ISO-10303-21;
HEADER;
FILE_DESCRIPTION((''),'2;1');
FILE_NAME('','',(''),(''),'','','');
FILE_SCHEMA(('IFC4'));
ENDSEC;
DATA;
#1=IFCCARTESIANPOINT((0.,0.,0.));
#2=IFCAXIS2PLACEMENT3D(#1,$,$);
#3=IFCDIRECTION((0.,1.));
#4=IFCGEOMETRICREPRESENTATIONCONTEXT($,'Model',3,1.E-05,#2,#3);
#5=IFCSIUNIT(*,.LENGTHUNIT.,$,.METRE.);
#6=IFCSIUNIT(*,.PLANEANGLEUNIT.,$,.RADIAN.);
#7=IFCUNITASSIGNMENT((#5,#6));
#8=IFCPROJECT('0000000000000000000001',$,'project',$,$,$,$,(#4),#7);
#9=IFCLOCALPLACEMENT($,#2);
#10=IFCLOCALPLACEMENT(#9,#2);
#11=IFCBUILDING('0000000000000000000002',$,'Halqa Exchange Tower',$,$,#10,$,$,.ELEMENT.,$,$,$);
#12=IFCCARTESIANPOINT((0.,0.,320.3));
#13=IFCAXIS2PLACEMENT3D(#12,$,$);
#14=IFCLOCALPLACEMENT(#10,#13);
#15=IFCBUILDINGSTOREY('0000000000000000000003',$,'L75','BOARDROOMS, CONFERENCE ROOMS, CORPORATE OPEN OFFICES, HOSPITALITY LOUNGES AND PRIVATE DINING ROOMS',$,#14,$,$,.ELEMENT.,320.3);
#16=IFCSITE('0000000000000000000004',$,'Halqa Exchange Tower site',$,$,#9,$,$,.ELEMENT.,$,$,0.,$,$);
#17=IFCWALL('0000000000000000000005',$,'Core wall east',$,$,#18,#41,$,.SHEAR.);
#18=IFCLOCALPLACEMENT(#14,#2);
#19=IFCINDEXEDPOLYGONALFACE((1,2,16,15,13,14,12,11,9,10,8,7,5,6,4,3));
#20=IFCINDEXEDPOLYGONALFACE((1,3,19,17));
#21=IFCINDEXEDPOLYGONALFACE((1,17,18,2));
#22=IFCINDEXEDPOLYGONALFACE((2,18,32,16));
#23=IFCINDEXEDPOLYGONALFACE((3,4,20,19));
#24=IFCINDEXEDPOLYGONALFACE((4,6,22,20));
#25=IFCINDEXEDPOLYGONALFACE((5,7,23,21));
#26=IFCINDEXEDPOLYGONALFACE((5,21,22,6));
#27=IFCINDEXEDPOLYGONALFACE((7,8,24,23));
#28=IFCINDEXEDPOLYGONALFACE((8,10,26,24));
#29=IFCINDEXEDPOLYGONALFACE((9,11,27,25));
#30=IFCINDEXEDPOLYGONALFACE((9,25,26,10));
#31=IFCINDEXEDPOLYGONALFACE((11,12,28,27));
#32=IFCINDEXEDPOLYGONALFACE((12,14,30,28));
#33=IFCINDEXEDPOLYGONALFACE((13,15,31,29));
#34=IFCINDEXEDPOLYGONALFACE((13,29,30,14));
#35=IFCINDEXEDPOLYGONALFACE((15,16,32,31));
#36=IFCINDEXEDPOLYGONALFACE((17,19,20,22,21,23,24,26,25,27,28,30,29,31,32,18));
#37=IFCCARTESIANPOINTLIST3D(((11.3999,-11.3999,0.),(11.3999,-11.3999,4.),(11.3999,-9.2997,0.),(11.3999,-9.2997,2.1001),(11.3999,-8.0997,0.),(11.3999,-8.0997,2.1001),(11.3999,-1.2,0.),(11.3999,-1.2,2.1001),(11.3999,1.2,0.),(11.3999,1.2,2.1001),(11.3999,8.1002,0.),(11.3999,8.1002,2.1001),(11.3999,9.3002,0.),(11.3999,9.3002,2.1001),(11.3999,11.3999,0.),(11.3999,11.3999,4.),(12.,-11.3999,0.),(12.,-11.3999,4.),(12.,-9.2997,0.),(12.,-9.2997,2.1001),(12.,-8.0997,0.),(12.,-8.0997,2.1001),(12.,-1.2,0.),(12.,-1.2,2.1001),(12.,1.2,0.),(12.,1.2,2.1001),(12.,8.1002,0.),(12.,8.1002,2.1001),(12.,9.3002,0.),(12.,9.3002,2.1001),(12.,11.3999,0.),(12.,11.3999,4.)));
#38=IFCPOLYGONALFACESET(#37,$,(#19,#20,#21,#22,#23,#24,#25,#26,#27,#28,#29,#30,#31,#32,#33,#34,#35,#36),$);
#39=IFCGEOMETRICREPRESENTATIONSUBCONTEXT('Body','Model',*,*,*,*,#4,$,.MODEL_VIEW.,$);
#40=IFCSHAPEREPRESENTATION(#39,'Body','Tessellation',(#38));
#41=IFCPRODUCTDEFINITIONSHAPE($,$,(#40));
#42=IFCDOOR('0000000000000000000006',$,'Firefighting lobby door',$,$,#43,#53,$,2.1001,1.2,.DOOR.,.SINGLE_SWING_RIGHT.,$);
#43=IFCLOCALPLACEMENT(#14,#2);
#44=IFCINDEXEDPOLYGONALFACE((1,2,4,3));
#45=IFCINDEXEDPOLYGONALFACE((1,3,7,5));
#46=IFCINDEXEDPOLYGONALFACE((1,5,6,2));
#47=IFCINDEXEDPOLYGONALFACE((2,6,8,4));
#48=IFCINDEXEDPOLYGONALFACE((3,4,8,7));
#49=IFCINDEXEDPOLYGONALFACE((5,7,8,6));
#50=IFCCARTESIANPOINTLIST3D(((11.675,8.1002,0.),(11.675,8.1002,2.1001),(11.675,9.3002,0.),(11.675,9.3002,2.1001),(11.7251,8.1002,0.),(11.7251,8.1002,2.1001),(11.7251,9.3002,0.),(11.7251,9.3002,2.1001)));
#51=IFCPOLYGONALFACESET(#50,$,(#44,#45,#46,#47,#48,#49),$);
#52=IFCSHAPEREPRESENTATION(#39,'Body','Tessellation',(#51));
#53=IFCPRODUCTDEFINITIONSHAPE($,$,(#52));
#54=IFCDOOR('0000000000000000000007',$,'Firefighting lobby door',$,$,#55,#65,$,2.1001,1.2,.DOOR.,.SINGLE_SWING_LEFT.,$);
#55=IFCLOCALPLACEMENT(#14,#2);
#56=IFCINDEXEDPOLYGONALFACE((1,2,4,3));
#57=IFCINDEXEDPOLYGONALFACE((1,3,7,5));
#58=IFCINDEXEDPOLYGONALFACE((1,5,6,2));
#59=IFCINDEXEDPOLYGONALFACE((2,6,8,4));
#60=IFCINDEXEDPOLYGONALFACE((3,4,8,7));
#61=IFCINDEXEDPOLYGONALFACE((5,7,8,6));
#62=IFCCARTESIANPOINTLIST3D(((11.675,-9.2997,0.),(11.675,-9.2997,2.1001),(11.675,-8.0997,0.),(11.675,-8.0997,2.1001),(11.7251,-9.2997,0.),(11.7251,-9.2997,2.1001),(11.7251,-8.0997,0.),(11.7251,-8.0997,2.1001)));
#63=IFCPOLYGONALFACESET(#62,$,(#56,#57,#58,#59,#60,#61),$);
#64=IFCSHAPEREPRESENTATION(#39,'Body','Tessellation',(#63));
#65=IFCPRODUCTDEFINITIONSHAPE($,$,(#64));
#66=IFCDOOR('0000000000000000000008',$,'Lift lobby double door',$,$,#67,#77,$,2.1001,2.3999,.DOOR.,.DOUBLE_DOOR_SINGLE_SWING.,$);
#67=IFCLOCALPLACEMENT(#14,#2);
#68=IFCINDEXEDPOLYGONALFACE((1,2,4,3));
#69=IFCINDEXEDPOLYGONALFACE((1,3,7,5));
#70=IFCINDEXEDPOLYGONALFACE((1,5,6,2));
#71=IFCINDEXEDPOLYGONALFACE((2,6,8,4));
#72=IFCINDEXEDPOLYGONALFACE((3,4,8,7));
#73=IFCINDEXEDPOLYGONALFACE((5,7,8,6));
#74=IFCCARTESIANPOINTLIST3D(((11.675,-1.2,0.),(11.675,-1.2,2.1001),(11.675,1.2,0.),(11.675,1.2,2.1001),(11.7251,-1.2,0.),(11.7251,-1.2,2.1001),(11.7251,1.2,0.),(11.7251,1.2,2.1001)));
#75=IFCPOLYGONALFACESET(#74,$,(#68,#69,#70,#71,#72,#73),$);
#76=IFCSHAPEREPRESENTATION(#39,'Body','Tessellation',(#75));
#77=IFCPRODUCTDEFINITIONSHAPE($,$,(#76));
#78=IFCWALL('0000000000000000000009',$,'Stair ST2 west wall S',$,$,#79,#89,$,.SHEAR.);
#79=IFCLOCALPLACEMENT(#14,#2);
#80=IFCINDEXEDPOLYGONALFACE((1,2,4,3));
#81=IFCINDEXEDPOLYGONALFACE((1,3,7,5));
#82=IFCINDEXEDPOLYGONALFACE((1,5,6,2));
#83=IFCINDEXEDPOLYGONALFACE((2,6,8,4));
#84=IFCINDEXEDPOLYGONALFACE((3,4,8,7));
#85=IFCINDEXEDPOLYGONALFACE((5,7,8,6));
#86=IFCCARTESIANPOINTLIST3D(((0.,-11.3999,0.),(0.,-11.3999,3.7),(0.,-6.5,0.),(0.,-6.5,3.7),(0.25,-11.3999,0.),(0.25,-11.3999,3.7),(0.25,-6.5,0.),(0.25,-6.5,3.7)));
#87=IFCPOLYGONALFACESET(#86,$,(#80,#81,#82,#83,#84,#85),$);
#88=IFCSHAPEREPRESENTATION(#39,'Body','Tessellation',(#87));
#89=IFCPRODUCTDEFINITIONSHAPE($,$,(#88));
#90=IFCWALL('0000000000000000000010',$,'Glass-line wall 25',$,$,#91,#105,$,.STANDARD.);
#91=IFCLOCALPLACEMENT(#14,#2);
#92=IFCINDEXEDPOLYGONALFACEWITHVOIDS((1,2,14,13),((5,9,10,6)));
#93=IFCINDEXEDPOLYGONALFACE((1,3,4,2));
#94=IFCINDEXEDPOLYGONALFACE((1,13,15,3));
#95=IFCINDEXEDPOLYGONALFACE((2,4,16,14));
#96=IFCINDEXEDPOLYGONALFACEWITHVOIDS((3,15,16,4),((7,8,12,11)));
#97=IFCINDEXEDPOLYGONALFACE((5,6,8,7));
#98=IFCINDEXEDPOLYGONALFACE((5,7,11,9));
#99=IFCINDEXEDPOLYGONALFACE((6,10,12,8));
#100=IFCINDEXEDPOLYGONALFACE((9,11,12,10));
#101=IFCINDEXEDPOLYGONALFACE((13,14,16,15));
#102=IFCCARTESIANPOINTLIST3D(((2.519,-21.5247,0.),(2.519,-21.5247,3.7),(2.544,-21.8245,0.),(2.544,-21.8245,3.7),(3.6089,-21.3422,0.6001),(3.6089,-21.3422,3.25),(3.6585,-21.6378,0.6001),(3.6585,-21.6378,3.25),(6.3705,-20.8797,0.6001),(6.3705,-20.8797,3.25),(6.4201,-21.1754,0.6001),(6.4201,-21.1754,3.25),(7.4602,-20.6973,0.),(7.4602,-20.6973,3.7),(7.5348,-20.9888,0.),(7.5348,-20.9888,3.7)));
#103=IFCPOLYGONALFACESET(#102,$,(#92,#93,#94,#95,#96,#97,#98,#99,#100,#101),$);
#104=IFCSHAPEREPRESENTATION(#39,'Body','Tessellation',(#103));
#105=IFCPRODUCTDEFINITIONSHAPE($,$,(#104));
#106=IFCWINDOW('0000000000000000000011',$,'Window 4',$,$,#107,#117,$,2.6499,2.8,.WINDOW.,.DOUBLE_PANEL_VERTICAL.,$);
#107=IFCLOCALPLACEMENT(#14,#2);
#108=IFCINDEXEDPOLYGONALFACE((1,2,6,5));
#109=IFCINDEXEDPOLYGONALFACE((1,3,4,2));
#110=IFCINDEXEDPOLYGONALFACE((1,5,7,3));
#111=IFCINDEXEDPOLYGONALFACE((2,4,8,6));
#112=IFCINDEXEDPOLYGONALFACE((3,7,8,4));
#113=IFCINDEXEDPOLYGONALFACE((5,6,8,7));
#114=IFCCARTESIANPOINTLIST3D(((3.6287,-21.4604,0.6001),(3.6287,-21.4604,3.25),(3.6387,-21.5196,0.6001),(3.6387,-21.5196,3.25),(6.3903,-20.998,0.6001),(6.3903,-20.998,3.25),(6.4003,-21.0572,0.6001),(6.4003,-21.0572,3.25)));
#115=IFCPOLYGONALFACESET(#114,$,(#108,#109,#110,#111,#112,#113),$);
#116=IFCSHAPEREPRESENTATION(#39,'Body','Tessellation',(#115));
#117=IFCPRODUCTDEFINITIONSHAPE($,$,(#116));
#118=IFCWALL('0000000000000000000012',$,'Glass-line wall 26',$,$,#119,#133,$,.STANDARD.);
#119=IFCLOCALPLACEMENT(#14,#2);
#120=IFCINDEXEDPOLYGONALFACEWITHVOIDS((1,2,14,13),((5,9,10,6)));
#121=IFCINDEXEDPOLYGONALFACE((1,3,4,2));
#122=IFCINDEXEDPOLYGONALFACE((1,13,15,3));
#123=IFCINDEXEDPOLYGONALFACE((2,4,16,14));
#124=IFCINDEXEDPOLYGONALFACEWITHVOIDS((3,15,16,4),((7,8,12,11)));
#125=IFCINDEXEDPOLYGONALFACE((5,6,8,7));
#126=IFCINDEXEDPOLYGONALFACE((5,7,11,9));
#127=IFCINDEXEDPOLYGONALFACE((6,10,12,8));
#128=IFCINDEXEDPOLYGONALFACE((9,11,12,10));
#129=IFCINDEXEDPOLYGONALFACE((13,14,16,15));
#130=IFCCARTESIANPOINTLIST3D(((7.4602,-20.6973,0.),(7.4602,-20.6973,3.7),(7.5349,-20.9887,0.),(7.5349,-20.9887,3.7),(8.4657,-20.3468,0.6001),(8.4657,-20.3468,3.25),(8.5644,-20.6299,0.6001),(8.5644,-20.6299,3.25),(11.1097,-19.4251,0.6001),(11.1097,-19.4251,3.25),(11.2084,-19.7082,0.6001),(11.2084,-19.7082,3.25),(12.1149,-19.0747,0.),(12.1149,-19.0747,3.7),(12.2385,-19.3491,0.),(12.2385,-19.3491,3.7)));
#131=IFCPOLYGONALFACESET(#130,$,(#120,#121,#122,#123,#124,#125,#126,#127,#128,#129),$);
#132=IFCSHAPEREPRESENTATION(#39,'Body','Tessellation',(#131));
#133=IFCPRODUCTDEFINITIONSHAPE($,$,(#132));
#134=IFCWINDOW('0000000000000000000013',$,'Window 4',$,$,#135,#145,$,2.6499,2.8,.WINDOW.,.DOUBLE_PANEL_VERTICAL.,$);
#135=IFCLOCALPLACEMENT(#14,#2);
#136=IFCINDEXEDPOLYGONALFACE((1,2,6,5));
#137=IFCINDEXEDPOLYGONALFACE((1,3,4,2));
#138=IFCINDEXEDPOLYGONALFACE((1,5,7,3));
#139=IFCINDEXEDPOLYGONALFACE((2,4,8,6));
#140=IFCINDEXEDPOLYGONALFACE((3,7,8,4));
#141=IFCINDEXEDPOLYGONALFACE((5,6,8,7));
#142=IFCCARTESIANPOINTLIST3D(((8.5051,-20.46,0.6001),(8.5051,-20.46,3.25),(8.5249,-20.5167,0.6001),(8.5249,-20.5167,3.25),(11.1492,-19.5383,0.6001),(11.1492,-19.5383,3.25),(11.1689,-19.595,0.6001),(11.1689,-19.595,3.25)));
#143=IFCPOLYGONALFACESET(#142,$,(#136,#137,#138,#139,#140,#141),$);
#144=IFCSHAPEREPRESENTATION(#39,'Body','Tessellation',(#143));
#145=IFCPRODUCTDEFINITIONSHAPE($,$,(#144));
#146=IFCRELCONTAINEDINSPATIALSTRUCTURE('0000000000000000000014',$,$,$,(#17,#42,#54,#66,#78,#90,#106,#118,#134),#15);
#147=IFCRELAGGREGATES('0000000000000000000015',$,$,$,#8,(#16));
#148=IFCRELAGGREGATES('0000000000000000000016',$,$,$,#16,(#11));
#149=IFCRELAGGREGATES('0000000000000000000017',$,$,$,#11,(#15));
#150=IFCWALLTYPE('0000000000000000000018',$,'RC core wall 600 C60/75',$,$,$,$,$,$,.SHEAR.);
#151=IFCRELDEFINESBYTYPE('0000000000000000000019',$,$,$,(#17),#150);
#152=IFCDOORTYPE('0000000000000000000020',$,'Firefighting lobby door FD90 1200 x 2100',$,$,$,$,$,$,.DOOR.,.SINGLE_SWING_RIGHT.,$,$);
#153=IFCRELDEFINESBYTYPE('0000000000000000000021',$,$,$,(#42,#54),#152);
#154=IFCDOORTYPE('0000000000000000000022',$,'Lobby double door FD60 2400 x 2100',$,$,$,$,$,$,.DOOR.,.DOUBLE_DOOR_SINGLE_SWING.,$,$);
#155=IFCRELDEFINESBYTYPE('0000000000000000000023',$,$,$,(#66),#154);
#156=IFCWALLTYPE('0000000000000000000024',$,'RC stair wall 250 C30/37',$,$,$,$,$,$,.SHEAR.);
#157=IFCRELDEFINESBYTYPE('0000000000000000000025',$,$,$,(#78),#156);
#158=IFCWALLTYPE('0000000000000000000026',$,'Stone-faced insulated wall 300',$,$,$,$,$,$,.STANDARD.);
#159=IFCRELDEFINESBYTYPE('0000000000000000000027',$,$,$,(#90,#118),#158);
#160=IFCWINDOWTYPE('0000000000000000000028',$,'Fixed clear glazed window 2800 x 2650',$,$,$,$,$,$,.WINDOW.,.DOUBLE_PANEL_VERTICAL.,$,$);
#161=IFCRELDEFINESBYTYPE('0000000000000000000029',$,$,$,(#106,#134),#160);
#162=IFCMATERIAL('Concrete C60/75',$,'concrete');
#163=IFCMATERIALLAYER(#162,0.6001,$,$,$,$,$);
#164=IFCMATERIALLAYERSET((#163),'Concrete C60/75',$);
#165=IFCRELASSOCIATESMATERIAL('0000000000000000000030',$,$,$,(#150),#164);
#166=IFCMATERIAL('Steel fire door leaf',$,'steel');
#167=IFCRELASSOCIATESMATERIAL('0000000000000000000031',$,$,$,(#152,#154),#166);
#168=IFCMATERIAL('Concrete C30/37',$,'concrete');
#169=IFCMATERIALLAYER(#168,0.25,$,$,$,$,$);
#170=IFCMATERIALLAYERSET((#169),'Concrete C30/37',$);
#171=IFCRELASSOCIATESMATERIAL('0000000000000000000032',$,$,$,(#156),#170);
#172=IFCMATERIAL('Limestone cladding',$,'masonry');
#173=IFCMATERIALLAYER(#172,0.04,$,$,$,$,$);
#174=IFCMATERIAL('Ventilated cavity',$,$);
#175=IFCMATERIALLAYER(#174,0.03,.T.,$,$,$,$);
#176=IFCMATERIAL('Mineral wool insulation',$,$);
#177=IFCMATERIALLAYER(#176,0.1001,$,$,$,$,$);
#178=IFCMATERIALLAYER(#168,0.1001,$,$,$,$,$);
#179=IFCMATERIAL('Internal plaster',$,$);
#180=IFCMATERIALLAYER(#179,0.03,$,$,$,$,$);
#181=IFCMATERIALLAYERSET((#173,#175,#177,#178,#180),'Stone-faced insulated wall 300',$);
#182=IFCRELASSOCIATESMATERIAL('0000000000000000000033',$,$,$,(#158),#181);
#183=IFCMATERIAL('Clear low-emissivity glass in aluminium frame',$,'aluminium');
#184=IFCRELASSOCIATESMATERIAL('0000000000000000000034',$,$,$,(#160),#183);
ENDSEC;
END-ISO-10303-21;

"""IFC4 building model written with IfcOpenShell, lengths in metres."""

from ifc_helpers import new_model, si_unit, direction, frame, frame_2d, origin, place, context, subcontext, project, spatial, polyline, rectangle, outline, extrude, material, layer, layer_set, type_object, element, fill, save


model = new_model("IFC4")

# Units and contexts
model_context = context("Model", 3, precision=1e-05, world=origin(), true_north=direction((0.0, 1.0)))
body_context = subcontext(model_context, "Body", "Model", "MODEL_VIEW")
ifc_project = project(units=[si_unit("LENGTHUNIT", "METRE"), si_unit("PLANEANGLEUNIT", "RADIAN")], contexts=[model_context])

# Site, building, storey
site_placement = place(None, origin())
site = spatial("IfcSite", under=ifc_project, at=site_placement, Name="Halqa Exchange Tower site", CompositionType="ELEMENT", RefElevation=0.0)
building_placement = place(site_placement, origin())
building = spatial("IfcBuilding", under=site, at=building_placement, Name="Halqa Exchange Tower", CompositionType="ELEMENT")
storey_placement = place(building_placement, frame((0.0, 0.0, 320.3)))
storey = spatial("IfcBuildingStorey", under=building, at=storey_placement, Name="L75", Description="BOARDROOMS, CONFERENCE ROOMS, CORPORATE OPEN OFFICES, HOSPITALITY LOUNGES AND PRIVATE DINING ROOMS", CompositionType="ELEMENT", Elevation=320.3)

# Shared definitions
ifc_material_1 = material(Name="Concrete C60/75", Category="concrete")

# Wall, openings, doors
ifc_layer_1 = layer(ifc_material_1, 0.6001)
ifc_layer_set_1 = layer_set([ifc_layer_1], Name="Concrete C60/75")
wall_type_1 = type_object("IfcWallType", Name="RC core wall 600 C60/75", PredefinedType="SHEAR", material=ifc_layer_set_1)
wall_1_placement = place(storey_placement, frame((11.7, -11.3999, 0.0), z_axis=(0.0, 0.0, 1.0), x_axis=(0.0, 1.0, 0.0)))
wall_1 = element("IfcWall", 1, at=wall_1_placement, inside=storey, type_object=wall_type_1, Name="Core wall east", PredefinedType="SHEAR", context=body_context, shape_type="SweptSolid", body=[
    extrude(rectangle(XDim=22.7998, YDim=0.6001, at=frame_2d((11.3999, 0.0))), origin(), (0.0, 0.0, 1.0), 4.0),
])
opening_1_placement = place(wall_1_placement, frame((10.2, 0.0, 0.0)))
opening_1 = element("IfcOpeningElement", 2, at=opening_1_placement, cuts=wall_1, PredefinedType="OPENING", context=body_context, shape_type="SweptSolid", body=[
    extrude(rectangle(XDim=2.3999, YDim=2.1001, at=frame_2d((1.2, 1.05))), frame((0.0, 0.312, 0.0), z_axis=(0.0, -1.0, 0.0), x_axis=(1.0, 0.0, 0.0)), (0.0, 0.0, 1.0), 0.624),
])
opening_2_placement = place(wall_1_placement, frame((19.5, 0.0, 0.0)))
opening_2 = element("IfcOpeningElement", 3, at=opening_2_placement, cuts=wall_1, PredefinedType="OPENING", context=body_context, shape_type="SweptSolid", body=[
    extrude(rectangle(XDim=1.2, YDim=2.1001, at=frame_2d((0.6001, 1.05))), frame((0.0, 0.312, 0.0), z_axis=(0.0, -1.0, 0.0), x_axis=(1.0, 0.0, 0.0)), (0.0, 0.0, 1.0), 0.624),
])
opening_3_placement = place(wall_1_placement, frame((2.1001, 0.0, 0.0)))
opening_3 = element("IfcOpeningElement", 4, at=opening_3_placement, cuts=wall_1, PredefinedType="OPENING", context=body_context, shape_type="SweptSolid", body=[
    extrude(rectangle(XDim=1.2, YDim=2.1001, at=frame_2d((0.6001, 1.05))), frame((0.0, 0.312, 0.0), z_axis=(0.0, -1.0, 0.0), x_axis=(1.0, 0.0, 0.0)), (0.0, 0.0, 1.0), 0.624),
])
ifc_material_2 = material(Name="Steel fire door leaf", Category="steel")
door_type_1 = type_object("IfcDoorType", Name="Firefighting lobby door FD90 1200 x 2100", OperationType="SINGLE_SWING_RIGHT", PredefinedType="DOOR", material=ifc_material_2)
door_1_placement = place(opening_2_placement, origin())
door_1 = element("IfcDoor", 5, at=door_1_placement, inside=storey, type_object=door_type_1, Name="Firefighting lobby door", OperationType="SINGLE_SWING_RIGHT", OverallHeight=2.1001, OverallWidth=1.2, PredefinedType="DOOR", context=body_context, shape_type="SweptSolid", body=[
    extrude(rectangle(XDim=1.2, YDim=2.1001, at=frame_2d((0.6001, 1.05))), frame((0.0, 0.0249, 0.0), z_axis=(0.0, -1.0, 0.0), x_axis=(1.0, 0.0, 0.0)), (0.0, 0.0, 1.0), 0.05),
])
fill(opening_2, door_1)
door_2_placement = place(opening_3_placement, origin())
door_2 = element("IfcDoor", 6, at=door_2_placement, inside=storey, type_object=door_type_1, Name="Firefighting lobby door", OperationType="SINGLE_SWING_LEFT", OverallHeight=2.1001, OverallWidth=1.2, PredefinedType="DOOR", context=body_context, shape_type="SweptSolid", body=[
    extrude(rectangle(XDim=1.2, YDim=2.1001, at=frame_2d((0.6001, 1.05))), frame((0.0, 0.0249, 0.0), z_axis=(0.0, -1.0, 0.0), x_axis=(1.0, 0.0, 0.0)), (0.0, 0.0, 1.0), 0.05),
])
fill(opening_3, door_2)
door_type_2 = type_object("IfcDoorType", Name="Lobby double door FD60 2400 x 2100", OperationType="DOUBLE_DOOR_SINGLE_SWING", PredefinedType="DOOR", material=ifc_material_2)
door_3_placement = place(opening_1_placement, origin())
door_3 = element("IfcDoor", 7, at=door_3_placement, inside=storey, type_object=door_type_2, Name="Lift lobby double door", OperationType="DOUBLE_DOOR_SINGLE_SWING", OverallHeight=2.1001, OverallWidth=2.3999, PredefinedType="DOOR", context=body_context, shape_type="SweptSolid", body=[
    extrude(rectangle(XDim=2.3999, YDim=2.1001, at=frame_2d((1.2, 1.05))), frame((0.0, 0.0249, 0.0), z_axis=(0.0, -1.0, 0.0), x_axis=(1.0, 0.0, 0.0)), (0.0, 0.0, 1.0), 0.05),
])
fill(opening_1, door_3)

# Wall
ifc_material_3 = material(Name="Concrete C30/37", Category="concrete")
ifc_layer_2 = layer(ifc_material_3, 0.25)
ifc_layer_set_2 = layer_set([ifc_layer_2], Name="Concrete C30/37")
wall_type_2 = type_object("IfcWallType", Name="RC stair wall 250 C30/37", PredefinedType="SHEAR", material=ifc_layer_set_2)
wall_2_placement = place(storey_placement, frame((0.125, -11.3999, 0.0), z_axis=(0.0, 0.0, 1.0), x_axis=(0.0, 1.0, 0.0)))
element("IfcWall", 8, at=wall_2_placement, inside=storey, type_object=wall_type_2, Name="Stair ST2 west wall S", PredefinedType="SHEAR", context=body_context, shape_type="SweptSolid", body=[
    extrude(rectangle(XDim=4.8999, YDim=0.25, at=frame_2d((2.45, 0.0))), origin(), (0.0, 0.0, 1.0), 3.7),
])

# Walls, openings, windows
ifc_material_4 = material(Name="Limestone cladding", Category="masonry")
ifc_layer_3 = layer(ifc_material_4, 0.04)
ifc_material_5 = material(Name="Ventilated cavity")
ifc_layer_4 = layer(ifc_material_5, 0.03, ventilated=True)
ifc_material_6 = material(Name="Mineral wool insulation")
ifc_layer_5 = layer(ifc_material_6, 0.1001)
ifc_layer_6 = layer(ifc_material_3, 0.1001)
ifc_material_7 = material(Name="Internal plaster")
ifc_layer_7 = layer(ifc_material_7, 0.03)
ifc_layer_set_3 = layer_set([ifc_layer_3, ifc_layer_4, ifc_layer_5, ifc_layer_6, ifc_layer_7], Name="Stone-faced insulated wall 300")
wall_type_3 = type_object("IfcWallType", Name="Stone-faced insulated wall 300", PredefinedType="STANDARD", material=ifc_layer_set_3)
wall_3_placement = place(storey_placement, frame((2.5315, -21.6746, 0.0), z_axis=(0.0, 0.0, 1.0), x_axis=(0.986269, 0.165146, 0.0)))
wall_3 = element("IfcWall", 9, at=wall_3_placement, inside=storey, type_object=wall_type_3, Name="Glass-line wall 25", PredefinedType="STANDARD", context=body_context, shape_type="SweptSolid", body=[
    extrude(outline(polyline([(-0.0125, -0.1499), (5.0479, -0.1499), (5.0225, 0.1499), (0.0125, 0.1499), (-0.0125, -0.1499)])), origin(), (0.0, 0.0, 1.0), 3.7),
])
opening_4_placement = place(wall_3_placement, frame((1.1177, 0.0, 0.6001)))
opening_4 = element("IfcOpeningElement", 10, at=opening_4_placement, cuts=wall_3, PredefinedType="OPENING", context=body_context, shape_type="SweptSolid", body=[
    extrude(rectangle(XDim=2.8, YDim=2.6499, at=frame_2d((1.3999, 1.325))), frame((0.0, 0.1621, 0.0), z_axis=(0.0, -1.0, 0.0), x_axis=(1.0, 0.0, 0.0)), (0.0, 0.0, 1.0), 0.324),
])
ifc_material_8 = material(Name="Clear low-emissivity glass in aluminium frame", Category="aluminium")
window_type = type_object("IfcWindowType", Name="Fixed clear glazed window 2800 x 2650", PartitioningType="DOUBLE_PANEL_VERTICAL", PredefinedType="WINDOW", material=ifc_material_8)
window_1_placement = place(opening_4_placement, origin())
window_1 = element("IfcWindow", 11, at=window_1_placement, inside=storey, type_object=window_type, Name="Window 4", OverallHeight=2.6499, OverallWidth=2.8, PartitioningType="DOUBLE_PANEL_VERTICAL", PredefinedType="WINDOW", context=body_context, shape_type="SweptSolid", body=[
    extrude(rectangle(XDim=2.8, YDim=2.6499, at=frame_2d((1.3999, 1.325))), frame((0.0, 0.03, 0.0), z_axis=(0.0, -1.0, 0.0), x_axis=(1.0, 0.0, 0.0)), (0.0, 0.0, 1.0), 0.0601),
])
fill(opening_4, window_1)
wall_4_placement = place(storey_placement, frame((7.4976, -20.843, 0.0), z_axis=(0.0, 0.0, 1.0), x_axis=(0.944274, 0.329161, 0.0)))
wall_4 = element("IfcWall", 12, at=wall_4_placement, inside=storey, type_object=wall_type_3, Name="Glass-line wall 26", PredefinedType="STANDARD", context=body_context, shape_type="SweptSolid", body=[
    extrude(outline(polyline([(-0.0127, -0.1499), (4.9685, -0.1499), (4.9421, 0.1499), (0.0127, 0.1499), (-0.0127, -0.1499)])), origin(), (0.0, 0.0, 1.0), 3.7),
])
opening_5_placement = place(wall_4_placement, frame((1.0776, 0.0, 0.6001)))
opening_5 = element("IfcOpeningElement", 13, at=opening_5_placement, cuts=wall_4, PredefinedType="OPENING", context=body_context, shape_type="SweptSolid", body=[
    extrude(rectangle(XDim=2.8, YDim=2.6499, at=frame_2d((1.3999, 1.325))), frame((0.0, 0.1621, 0.0), z_axis=(0.0, -1.0, 0.0), x_axis=(1.0, 0.0, 0.0)), (0.0, 0.0, 1.0), 0.324),
])
window_2_placement = place(opening_5_placement, origin())
window_2 = element("IfcWindow", 14, at=window_2_placement, inside=storey, type_object=window_type, Name="Window 4", OverallHeight=2.6499, OverallWidth=2.8, PartitioningType="DOUBLE_PANEL_VERTICAL", PredefinedType="WINDOW", context=body_context, shape_type="SweptSolid", body=[
    extrude(rectangle(XDim=2.8, YDim=2.6499, at=frame_2d((1.3999, 1.325))), frame((0.0, 0.03, 0.0), z_axis=(0.0, -1.0, 0.0), x_axis=(1.0, 0.0, 0.0)), (0.0, 0.0, 1.0), 0.0601),
])
fill(opening_5, window_2)

save(model, "model.ifc")
